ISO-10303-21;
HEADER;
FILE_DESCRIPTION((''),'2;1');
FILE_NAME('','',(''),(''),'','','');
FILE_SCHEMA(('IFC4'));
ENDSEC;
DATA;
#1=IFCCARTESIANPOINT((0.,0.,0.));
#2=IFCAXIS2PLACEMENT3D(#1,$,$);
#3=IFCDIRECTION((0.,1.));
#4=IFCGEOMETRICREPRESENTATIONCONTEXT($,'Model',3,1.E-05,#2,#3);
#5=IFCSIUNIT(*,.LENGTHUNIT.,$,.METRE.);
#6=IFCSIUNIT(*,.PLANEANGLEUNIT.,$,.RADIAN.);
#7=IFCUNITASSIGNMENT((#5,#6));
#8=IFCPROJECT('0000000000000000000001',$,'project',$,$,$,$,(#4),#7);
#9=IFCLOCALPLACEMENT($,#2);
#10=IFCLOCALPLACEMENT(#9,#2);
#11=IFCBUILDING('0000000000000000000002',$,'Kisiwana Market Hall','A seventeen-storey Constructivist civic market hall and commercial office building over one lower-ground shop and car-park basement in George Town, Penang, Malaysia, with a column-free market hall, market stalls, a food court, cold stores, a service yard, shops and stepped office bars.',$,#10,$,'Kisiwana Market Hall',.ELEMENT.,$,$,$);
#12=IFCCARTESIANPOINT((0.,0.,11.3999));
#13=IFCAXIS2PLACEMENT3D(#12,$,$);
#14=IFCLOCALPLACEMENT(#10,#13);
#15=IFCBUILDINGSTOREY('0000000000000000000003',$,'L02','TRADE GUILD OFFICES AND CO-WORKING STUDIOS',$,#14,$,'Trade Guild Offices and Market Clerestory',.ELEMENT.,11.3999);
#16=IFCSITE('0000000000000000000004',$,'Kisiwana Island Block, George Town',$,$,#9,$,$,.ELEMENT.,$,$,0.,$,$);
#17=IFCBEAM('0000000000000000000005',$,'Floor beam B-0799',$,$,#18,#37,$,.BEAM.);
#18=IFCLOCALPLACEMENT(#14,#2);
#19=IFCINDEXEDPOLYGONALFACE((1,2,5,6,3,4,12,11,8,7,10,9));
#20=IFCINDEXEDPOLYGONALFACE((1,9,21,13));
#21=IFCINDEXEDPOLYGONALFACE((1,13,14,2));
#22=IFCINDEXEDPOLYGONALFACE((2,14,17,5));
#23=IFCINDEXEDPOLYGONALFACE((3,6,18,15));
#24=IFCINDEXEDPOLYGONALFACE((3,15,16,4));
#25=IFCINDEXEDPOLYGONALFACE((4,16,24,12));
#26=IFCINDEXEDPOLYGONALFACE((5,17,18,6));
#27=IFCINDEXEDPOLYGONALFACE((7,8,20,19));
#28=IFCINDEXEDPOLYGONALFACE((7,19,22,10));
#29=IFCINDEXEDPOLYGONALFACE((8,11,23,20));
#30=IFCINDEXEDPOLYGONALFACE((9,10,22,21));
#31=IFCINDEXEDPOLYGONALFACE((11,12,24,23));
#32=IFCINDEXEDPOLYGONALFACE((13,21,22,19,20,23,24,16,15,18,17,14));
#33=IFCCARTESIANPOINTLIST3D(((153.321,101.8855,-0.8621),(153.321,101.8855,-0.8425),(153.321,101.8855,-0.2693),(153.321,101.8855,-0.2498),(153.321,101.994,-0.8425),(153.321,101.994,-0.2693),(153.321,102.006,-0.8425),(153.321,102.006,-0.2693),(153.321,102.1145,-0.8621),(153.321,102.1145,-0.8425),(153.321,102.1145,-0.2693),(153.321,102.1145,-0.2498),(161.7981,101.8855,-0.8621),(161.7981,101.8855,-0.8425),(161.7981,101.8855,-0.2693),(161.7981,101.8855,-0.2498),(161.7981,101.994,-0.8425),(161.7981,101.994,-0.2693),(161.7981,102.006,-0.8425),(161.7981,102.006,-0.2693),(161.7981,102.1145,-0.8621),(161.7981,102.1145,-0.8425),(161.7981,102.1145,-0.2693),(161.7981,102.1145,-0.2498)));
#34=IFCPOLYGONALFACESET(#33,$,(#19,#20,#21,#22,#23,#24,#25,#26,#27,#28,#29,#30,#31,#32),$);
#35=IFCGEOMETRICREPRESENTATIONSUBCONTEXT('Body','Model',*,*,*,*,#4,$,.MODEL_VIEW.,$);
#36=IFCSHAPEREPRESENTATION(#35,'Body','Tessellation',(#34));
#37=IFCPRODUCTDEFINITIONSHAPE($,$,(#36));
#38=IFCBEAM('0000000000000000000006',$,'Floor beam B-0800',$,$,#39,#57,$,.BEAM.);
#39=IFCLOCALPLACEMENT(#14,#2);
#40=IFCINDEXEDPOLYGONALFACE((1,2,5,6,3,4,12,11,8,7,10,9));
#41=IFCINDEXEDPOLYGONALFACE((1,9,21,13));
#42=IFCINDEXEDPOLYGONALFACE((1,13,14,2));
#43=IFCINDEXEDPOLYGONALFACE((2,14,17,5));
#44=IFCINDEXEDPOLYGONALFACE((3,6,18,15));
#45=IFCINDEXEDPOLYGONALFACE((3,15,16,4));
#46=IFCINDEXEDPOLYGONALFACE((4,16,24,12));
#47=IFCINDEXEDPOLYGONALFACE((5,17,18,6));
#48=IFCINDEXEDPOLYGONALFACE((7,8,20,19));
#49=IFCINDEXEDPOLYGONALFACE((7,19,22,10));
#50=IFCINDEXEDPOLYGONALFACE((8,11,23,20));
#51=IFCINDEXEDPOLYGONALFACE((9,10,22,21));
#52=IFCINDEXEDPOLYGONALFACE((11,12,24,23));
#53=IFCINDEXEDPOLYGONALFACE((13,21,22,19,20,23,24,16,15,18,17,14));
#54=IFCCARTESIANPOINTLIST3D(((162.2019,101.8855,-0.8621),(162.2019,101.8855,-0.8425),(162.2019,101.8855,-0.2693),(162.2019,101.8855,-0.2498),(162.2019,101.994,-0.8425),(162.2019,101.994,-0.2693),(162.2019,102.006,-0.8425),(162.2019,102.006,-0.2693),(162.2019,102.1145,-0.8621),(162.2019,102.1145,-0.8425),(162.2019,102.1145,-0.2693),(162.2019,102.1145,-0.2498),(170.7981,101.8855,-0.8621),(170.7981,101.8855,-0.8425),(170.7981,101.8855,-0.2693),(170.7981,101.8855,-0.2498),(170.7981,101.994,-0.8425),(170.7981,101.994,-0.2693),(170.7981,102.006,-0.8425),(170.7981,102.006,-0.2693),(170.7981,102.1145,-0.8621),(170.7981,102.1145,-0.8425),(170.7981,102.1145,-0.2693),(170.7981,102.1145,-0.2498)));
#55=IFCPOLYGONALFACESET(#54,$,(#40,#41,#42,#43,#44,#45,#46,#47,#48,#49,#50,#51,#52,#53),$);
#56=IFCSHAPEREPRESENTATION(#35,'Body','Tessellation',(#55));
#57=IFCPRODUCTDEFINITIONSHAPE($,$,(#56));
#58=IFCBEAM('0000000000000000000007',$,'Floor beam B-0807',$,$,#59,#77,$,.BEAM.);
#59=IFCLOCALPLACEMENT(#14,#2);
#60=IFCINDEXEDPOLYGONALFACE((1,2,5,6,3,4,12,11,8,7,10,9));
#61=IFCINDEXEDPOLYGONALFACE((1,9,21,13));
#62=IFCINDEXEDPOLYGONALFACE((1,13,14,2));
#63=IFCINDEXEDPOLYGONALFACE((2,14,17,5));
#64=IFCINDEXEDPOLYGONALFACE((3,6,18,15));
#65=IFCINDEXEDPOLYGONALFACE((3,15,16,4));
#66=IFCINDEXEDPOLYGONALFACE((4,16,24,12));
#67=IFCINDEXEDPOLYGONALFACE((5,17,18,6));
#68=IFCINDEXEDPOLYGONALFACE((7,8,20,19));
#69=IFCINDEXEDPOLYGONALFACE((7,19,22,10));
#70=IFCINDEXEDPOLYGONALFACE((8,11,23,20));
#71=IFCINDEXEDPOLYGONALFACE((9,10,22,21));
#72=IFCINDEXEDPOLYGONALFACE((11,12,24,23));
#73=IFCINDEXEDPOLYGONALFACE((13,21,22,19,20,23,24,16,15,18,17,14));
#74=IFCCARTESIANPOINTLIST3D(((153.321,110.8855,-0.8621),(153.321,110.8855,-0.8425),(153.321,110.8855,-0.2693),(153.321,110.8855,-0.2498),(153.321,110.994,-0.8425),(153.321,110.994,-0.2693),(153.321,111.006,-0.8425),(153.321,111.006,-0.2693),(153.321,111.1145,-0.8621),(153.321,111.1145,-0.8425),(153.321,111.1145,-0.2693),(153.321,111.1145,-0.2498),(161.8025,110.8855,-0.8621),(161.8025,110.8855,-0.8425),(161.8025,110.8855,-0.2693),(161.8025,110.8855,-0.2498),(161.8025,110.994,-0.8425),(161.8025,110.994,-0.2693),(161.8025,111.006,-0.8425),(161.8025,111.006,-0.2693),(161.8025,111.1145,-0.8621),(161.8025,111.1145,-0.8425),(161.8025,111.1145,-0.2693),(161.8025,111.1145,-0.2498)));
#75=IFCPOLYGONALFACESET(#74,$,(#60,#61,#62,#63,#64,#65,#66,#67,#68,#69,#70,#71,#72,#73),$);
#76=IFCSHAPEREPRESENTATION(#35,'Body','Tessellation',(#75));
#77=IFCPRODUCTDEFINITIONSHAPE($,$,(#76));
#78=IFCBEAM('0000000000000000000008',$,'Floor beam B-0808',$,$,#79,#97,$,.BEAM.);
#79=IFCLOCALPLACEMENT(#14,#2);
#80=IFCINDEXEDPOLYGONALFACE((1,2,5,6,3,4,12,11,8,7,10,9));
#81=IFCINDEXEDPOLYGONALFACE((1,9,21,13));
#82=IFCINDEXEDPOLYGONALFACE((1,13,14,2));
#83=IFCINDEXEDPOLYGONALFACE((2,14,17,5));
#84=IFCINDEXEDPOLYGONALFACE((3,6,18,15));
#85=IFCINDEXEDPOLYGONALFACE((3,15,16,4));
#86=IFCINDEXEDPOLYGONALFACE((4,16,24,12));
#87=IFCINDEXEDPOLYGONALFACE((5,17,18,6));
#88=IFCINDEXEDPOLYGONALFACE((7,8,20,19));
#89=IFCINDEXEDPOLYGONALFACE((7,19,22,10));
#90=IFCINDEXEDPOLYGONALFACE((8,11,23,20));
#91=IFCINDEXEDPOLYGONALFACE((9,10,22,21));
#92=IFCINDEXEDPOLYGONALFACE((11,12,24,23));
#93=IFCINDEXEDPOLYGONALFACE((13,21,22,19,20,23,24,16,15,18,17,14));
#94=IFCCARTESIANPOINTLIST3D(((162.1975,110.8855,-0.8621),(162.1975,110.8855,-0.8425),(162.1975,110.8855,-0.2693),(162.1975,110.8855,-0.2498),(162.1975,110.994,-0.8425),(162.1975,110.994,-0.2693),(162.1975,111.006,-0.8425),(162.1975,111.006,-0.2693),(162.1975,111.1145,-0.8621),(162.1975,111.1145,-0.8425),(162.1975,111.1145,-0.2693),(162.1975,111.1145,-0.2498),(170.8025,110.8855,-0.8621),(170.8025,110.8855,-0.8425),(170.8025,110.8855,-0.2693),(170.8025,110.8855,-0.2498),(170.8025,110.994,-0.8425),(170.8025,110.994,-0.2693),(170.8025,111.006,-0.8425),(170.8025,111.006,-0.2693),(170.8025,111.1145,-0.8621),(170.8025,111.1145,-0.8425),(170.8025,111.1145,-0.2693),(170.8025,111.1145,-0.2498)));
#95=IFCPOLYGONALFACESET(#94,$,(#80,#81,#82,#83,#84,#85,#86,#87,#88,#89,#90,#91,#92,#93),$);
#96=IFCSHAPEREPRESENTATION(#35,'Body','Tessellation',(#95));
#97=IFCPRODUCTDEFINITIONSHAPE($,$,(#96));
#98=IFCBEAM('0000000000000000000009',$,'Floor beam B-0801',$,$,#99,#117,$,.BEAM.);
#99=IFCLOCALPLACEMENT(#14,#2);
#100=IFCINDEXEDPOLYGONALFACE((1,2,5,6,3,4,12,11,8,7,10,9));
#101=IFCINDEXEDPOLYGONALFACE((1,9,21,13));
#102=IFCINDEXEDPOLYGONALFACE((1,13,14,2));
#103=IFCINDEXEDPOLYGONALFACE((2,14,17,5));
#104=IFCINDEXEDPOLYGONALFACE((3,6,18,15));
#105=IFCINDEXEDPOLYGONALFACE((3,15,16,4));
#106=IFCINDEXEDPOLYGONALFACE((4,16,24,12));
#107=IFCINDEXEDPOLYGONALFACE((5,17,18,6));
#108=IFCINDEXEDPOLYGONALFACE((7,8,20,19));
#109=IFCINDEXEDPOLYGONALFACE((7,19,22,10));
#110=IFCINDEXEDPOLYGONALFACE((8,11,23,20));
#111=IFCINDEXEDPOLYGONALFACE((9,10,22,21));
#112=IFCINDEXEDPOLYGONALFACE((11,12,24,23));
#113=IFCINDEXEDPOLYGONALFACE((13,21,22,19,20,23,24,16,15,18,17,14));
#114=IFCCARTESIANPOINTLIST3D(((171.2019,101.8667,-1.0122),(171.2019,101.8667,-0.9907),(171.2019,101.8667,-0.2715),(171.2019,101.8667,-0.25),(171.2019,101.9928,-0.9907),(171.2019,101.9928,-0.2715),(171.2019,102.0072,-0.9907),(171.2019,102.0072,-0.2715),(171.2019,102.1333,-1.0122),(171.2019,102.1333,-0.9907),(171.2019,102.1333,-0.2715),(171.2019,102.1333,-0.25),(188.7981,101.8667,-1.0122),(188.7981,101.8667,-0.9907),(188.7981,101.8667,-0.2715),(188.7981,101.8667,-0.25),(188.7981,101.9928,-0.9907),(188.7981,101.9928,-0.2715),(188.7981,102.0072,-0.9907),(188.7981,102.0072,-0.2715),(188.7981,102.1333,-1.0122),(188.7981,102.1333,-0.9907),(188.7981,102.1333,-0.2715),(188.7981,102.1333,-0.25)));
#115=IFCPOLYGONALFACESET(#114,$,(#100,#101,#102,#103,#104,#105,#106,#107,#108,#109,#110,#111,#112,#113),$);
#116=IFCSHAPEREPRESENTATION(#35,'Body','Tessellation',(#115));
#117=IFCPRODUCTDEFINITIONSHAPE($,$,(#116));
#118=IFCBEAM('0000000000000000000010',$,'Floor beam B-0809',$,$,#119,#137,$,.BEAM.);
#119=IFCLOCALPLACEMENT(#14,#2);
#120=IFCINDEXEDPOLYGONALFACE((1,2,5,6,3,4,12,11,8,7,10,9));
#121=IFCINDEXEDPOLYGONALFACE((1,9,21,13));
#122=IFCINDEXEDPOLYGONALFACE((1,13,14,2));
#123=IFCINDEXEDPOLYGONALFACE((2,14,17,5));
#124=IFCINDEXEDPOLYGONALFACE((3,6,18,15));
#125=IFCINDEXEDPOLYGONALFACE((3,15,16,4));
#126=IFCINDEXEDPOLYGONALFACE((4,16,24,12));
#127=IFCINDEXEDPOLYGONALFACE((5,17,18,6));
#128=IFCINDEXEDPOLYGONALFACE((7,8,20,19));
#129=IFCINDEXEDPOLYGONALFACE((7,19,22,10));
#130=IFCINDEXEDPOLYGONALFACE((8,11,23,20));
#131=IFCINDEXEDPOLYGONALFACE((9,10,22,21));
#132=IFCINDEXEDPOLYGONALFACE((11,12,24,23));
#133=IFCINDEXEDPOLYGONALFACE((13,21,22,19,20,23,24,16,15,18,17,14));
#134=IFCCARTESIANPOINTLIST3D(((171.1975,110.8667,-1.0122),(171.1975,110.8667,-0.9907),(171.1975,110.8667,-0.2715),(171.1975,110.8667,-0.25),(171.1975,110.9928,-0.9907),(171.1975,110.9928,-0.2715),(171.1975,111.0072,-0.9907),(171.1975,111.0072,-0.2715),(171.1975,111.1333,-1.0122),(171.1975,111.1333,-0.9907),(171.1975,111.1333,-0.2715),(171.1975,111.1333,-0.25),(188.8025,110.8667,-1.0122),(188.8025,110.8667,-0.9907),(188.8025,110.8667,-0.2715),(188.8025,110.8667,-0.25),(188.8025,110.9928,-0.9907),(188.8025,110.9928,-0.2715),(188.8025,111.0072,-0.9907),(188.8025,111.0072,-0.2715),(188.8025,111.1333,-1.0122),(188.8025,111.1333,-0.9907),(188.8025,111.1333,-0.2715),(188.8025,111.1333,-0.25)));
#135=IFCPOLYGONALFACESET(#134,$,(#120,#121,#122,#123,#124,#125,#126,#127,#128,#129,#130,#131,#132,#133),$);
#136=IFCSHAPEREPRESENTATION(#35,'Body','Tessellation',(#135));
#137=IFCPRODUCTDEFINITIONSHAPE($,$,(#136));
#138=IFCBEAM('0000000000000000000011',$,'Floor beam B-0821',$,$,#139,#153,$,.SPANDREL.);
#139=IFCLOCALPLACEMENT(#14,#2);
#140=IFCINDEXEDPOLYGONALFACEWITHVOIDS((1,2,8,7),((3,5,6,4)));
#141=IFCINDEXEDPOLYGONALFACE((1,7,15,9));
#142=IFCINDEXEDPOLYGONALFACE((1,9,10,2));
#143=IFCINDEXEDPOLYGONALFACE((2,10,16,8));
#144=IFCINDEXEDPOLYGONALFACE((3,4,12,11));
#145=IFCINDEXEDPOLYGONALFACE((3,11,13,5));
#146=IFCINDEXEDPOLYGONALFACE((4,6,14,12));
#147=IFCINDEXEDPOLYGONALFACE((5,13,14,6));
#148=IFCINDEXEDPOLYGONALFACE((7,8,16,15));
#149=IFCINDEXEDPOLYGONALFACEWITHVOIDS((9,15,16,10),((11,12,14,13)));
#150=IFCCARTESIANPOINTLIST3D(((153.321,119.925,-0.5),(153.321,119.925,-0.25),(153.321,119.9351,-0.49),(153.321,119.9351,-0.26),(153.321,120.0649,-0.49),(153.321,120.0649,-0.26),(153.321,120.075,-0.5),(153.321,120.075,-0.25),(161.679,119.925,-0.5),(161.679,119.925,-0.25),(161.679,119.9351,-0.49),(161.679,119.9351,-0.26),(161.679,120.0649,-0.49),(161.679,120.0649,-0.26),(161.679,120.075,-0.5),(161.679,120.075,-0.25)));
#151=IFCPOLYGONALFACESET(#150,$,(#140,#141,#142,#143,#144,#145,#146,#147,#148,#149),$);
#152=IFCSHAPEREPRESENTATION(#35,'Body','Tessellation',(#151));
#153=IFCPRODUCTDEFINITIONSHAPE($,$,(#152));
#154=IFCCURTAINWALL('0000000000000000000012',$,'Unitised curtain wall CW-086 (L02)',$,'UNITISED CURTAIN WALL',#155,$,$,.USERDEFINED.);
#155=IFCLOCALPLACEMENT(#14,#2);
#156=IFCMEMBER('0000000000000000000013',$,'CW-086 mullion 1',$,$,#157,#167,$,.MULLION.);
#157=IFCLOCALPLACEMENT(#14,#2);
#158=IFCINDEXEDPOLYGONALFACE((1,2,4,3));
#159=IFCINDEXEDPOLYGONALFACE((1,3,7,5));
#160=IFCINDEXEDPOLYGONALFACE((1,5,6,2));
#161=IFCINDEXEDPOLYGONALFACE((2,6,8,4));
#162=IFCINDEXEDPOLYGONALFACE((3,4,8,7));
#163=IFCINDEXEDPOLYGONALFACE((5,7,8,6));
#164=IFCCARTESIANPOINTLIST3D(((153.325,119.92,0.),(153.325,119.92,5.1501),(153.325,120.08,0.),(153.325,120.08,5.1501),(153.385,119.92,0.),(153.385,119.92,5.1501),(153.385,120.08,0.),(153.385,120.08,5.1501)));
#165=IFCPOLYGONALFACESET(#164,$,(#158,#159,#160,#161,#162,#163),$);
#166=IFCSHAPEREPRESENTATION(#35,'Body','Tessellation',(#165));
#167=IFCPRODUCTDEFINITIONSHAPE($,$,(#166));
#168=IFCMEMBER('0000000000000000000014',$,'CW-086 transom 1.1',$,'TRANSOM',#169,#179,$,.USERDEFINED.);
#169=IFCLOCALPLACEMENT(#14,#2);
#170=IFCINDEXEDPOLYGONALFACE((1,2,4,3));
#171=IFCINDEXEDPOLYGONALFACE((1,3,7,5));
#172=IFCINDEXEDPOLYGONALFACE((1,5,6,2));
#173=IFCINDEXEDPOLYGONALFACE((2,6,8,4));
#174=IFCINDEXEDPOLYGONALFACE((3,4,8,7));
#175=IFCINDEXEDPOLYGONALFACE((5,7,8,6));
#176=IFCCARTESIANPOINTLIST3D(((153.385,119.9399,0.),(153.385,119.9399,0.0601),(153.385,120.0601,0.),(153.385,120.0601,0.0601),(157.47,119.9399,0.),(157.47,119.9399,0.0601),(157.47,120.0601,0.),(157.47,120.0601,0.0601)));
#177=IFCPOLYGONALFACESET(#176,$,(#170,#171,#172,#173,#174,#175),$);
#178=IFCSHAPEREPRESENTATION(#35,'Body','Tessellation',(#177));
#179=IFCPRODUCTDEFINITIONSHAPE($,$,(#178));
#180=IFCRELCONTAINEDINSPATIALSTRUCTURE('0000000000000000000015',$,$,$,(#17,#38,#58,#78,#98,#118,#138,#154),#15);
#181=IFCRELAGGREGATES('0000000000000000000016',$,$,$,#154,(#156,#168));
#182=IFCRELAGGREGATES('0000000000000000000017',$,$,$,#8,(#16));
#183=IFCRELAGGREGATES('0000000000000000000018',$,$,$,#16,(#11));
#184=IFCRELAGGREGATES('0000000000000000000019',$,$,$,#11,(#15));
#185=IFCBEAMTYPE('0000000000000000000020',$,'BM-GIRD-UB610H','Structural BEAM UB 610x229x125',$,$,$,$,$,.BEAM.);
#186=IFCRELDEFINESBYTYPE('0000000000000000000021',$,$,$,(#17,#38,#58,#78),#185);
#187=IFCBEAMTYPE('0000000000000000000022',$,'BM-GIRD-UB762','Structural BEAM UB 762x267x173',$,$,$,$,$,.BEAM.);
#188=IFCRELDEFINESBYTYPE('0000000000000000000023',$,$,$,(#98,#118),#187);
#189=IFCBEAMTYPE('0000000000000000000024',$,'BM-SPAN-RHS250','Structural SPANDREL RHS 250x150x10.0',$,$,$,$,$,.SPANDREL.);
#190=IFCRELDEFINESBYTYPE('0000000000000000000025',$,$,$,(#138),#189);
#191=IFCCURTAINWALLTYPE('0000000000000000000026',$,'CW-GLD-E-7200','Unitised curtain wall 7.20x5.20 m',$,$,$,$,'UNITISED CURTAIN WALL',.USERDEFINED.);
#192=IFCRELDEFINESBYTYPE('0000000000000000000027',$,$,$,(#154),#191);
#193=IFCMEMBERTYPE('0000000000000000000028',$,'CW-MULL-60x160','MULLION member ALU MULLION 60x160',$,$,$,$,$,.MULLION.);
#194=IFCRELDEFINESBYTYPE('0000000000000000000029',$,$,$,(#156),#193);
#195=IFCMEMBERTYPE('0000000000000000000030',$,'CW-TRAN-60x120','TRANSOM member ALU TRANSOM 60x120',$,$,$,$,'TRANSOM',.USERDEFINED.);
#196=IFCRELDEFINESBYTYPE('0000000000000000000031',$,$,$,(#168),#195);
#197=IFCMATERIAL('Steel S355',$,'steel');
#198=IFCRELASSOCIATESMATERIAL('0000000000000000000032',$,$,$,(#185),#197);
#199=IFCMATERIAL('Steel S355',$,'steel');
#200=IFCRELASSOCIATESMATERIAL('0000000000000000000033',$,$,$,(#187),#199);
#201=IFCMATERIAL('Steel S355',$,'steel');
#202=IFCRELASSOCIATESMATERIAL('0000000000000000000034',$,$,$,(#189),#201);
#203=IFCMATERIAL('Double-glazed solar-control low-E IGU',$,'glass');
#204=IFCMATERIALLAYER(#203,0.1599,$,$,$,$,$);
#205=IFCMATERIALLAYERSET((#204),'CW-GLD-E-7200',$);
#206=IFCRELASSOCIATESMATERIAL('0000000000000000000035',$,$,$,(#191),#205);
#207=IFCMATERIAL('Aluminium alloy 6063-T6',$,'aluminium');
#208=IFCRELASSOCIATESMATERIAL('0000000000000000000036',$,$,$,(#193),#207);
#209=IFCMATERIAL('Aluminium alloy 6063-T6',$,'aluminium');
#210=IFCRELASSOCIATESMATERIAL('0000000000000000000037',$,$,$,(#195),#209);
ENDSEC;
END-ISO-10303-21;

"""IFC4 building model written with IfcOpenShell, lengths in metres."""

from ifc_helpers import new_model, si_unit, direction, frame, origin, origin_2d, place, context, subcontext, project, spatial, rectangle, hollow_rectangle, i_section, extrude, material, layer, layer_set, material_profile, profile_set, type_object, element, aggregate, save


model = new_model("IFC4")

# Units and contexts
model_context = context("Model", 3, precision=1e-05, world=origin(), true_north=direction((0.0, 1.0)))
body_context = subcontext(model_context, "Body", "Model", "MODEL_VIEW")
ifc_project = project(units=[si_unit("LENGTHUNIT", "METRE"), si_unit("PLANEANGLEUNIT", "RADIAN")], contexts=[model_context])

# Site, building, storey
site_placement = place(None, origin())
site = spatial("IfcSite", under=ifc_project, at=site_placement, Name="Kisiwana Island Block, George Town", CompositionType="ELEMENT", RefElevation=0.0)
building_placement = place(site_placement, origin())
building = spatial("IfcBuilding", under=site, at=building_placement, Name="Kisiwana Market Hall", Description="A seventeen-storey Constructivist civic market hall and commercial office building over one lower-ground shop and car-park basement in George Town, Penang, Malaysia, with a column-free market hall, market stalls, a food court, cold stores, a service yard, shops and stepped office bars.", LongName="Kisiwana Market Hall", CompositionType="ELEMENT")
storey_placement = place(building_placement, frame((0.0, 0.0, 11.3999)))
storey = spatial("IfcBuildingStorey", under=building, at=storey_placement, Name="L02", Description="TRADE GUILD OFFICES AND CO-WORKING STUDIOS", LongName="Trade Guild Offices and Market Clerestory", CompositionType="ELEMENT", Elevation=11.3999)

# Beams
ifc_material_1 = material(Name="Steel S355", Category="steel")
ifc_material_profile_1 = material_profile(ifc_material_1, i_section(OverallWidth=0.229, OverallDepth=0.6123, WebThickness=0.012, FlangeThickness=0.0195, at=origin_2d()), Name="UB 610x229x125")
ifc_profile_set_1 = profile_set([ifc_material_profile_1], Name="Steel S355")
beam_type_1 = type_object("IfcBeamType", Name="BM-GIRD-UB610H", Description="Structural BEAM UB 610x229x125", PredefinedType="BEAM", material=ifc_profile_set_1)
beam_1_placement = place(storey_placement, frame((153.321, 102.0, -0.5559), z_axis=(1.0, 0.0, 0.0), x_axis=(0.0, 1.0, 0.0)))
element("IfcBeam", 1, at=beam_1_placement, inside=storey, type_object=beam_type_1, Name="Floor beam B-0799", PredefinedType="BEAM", context=body_context, shape_type="SweptSolid", body=[
    extrude(i_section(OverallWidth=0.229, OverallDepth=0.6123, WebThickness=0.012, FlangeThickness=0.0195, at=origin_2d()), origin(), (0.0, 0.0, 1.0), 8.4771),
])
beam_2_placement = place(storey_placement, frame((162.2019, 102.0, -0.5559), z_axis=(1.0, 0.0, 0.0), x_axis=(0.0, 1.0, 0.0)))
element("IfcBeam", 2, at=beam_2_placement, inside=storey, type_object=beam_type_1, Name="Floor beam B-0800", PredefinedType="BEAM", context=body_context, shape_type="SweptSolid", body=[
    extrude(i_section(OverallWidth=0.229, OverallDepth=0.6123, WebThickness=0.012, FlangeThickness=0.0195, at=origin_2d()), origin(), (0.0, 0.0, 1.0), 8.5962),
])
beam_3_placement = place(storey_placement, frame((153.321, 111.0, -0.5559), z_axis=(1.0, 0.0, 0.0), x_axis=(0.0, 1.0, 0.0)))
element("IfcBeam", 3, at=beam_3_placement, inside=storey, type_object=beam_type_1, Name="Floor beam B-0807", PredefinedType="BEAM", context=body_context, shape_type="SweptSolid", body=[
    extrude(i_section(OverallWidth=0.229, OverallDepth=0.6123, WebThickness=0.012, FlangeThickness=0.0195, at=origin_2d()), origin(), (0.0, 0.0, 1.0), 8.4814),
])
beam_4_placement = place(storey_placement, frame((162.1975, 111.0, -0.5559), z_axis=(1.0, 0.0, 0.0), x_axis=(0.0, 1.0, 0.0)))
element("IfcBeam", 4, at=beam_4_placement, inside=storey, type_object=beam_type_1, Name="Floor beam B-0808", PredefinedType="BEAM", context=body_context, shape_type="SweptSolid", body=[
    extrude(i_section(OverallWidth=0.229, OverallDepth=0.6123, WebThickness=0.012, FlangeThickness=0.0195, at=origin_2d()), origin(), (0.0, 0.0, 1.0), 8.605),
])
ifc_material_2 = material(Name="Steel S355", Category="steel")
ifc_material_profile_2 = material_profile(ifc_material_2, i_section(OverallWidth=0.2666, OverallDepth=0.7622, WebThickness=0.0144, FlangeThickness=0.0215, at=origin_2d()), Name="UB 762x267x173")
ifc_profile_set_2 = profile_set([ifc_material_profile_2], Name="Steel S355")
beam_type_2 = type_object("IfcBeamType", Name="BM-GIRD-UB762", Description="Structural BEAM UB 762x267x173", PredefinedType="BEAM", material=ifc_profile_set_2)
beam_5_placement = place(storey_placement, frame((171.2019, 102.0, -0.6311), z_axis=(1.0, 0.0, 0.0), x_axis=(0.0, 1.0, 0.0)))
element("IfcBeam", 5, at=beam_5_placement, inside=storey, type_object=beam_type_2, Name="Floor beam B-0801", PredefinedType="BEAM", context=body_context, shape_type="SweptSolid", body=[
    extrude(i_section(OverallWidth=0.2666, OverallDepth=0.7622, WebThickness=0.0144, FlangeThickness=0.0215, at=origin_2d()), origin(), (0.0, 0.0, 1.0), 17.5962),
])
beam_6_placement = place(storey_placement, frame((171.1975, 111.0, -0.6311), z_axis=(1.0, 0.0, 0.0), x_axis=(0.0, 1.0, 0.0)))
element("IfcBeam", 6, at=beam_6_placement, inside=storey, type_object=beam_type_2, Name="Floor beam B-0809", PredefinedType="BEAM", context=body_context, shape_type="SweptSolid", body=[
    extrude(i_section(OverallWidth=0.2666, OverallDepth=0.7622, WebThickness=0.0144, FlangeThickness=0.0215, at=origin_2d()), origin(), (0.0, 0.0, 1.0), 17.605),
])
ifc_material_3 = material(Name="Steel S355", Category="steel")
ifc_material_profile_3 = material_profile(ifc_material_3, hollow_rectangle(XDim=0.1499, YDim=0.25, WallThickness=0.01, at=origin_2d()), Name="RHS 250x150x10.0")
ifc_profile_set_3 = profile_set([ifc_material_profile_3], Name="Steel S355")
beam_type_3 = type_object("IfcBeamType", Name="BM-SPAN-RHS250", Description="Structural SPANDREL RHS 250x150x10.0", PredefinedType="SPANDREL", material=ifc_profile_set_3)
beam_7_placement = place(storey_placement, frame((153.321, 120.0, -0.375), z_axis=(1.0, 0.0, 0.0), x_axis=(0.0, 1.0, 0.0)))
element("IfcBeam", 7, at=beam_7_placement, inside=storey, type_object=beam_type_3, Name="Floor beam B-0821", PredefinedType="SPANDREL", context=body_context, shape_type="SweptSolid", body=[
    extrude(hollow_rectangle(XDim=0.1499, YDim=0.25, WallThickness=0.01, at=origin_2d()), origin(), (0.0, 0.0, 1.0), 8.3579),
])

# Curtain wall, members
ifc_material_4 = material(Name="Double-glazed solar-control low-E IGU", Category="glass")
ifc_layer_1 = layer(ifc_material_4, 0.1599)
ifc_layer_set_1 = layer_set([ifc_layer_1], Name="CW-GLD-E-7200")
curtain_wall_type = type_object("IfcCurtainWallType", Name="CW-GLD-E-7200", Description="Unitised curtain wall 7.20x5.20 m", ElementType="UNITISED CURTAIN WALL", PredefinedType="USERDEFINED", material=ifc_layer_set_1)
curtain_wall_placement = place(storey_placement, origin())
curtain_wall = element("IfcCurtainWall", 8, at=curtain_wall_placement, inside=storey, type_object=curtain_wall_type, Name="Unitised curtain wall CW-086 (L02)", ObjectType="UNITISED CURTAIN WALL", PredefinedType="USERDEFINED")
ifc_material_5 = material(Name="Aluminium alloy 6063-T6", Category="aluminium")
ifc_material_profile_4 = material_profile(ifc_material_5, rectangle(XDim=0.0601, YDim=0.1599, at=origin_2d()), Name="ALU MULLION 60x160")
ifc_profile_set_4 = profile_set([ifc_material_profile_4], Name="Aluminium alloy 6063-T6")
member_type_1 = type_object("IfcMemberType", Name="CW-MULL-60x160", Description="MULLION member ALU MULLION 60x160", PredefinedType="MULLION", material=ifc_profile_set_4)
member_1_placement = place(storey_placement, frame((153.355, 120.0, 0.0), z_axis=(0.0, 0.0, 1.0), x_axis=(1.0, 0.0, 0.0)))
member_1 = element("IfcMember", 9, at=member_1_placement, type_object=member_type_1, Name="CW-086 mullion 1", PredefinedType="MULLION", context=body_context, shape_type="SweptSolid", body=[
    extrude(rectangle(XDim=0.0601, YDim=0.1599, at=origin_2d()), origin(), (0.0, 0.0, 1.0), 5.1501),
])
ifc_material_6 = material(Name="Aluminium alloy 6063-T6", Category="aluminium")
ifc_material_profile_5 = material_profile(ifc_material_6, rectangle(XDim=0.1201, YDim=0.0601, at=origin_2d()), Name="ALU TRANSOM 60x120")
ifc_profile_set_5 = profile_set([ifc_material_profile_5], Name="Aluminium alloy 6063-T6")
member_type_2 = type_object("IfcMemberType", Name="CW-TRAN-60x120", Description="TRANSOM member ALU TRANSOM 60x120", ElementType="TRANSOM", PredefinedType="USERDEFINED", material=ifc_profile_set_5)
member_2_placement = place(storey_placement, frame((153.385, 120.0, 0.03), z_axis=(1.0, 0.0, 0.0), x_axis=(0.0, 1.0, 0.0)))
member_2 = element("IfcMember", 10, at=member_2_placement, type_object=member_type_2, Name="CW-086 transom 1.1", ObjectType="TRANSOM", PredefinedType="USERDEFINED", context=body_context, shape_type="SweptSolid", body=[
    extrude(rectangle(XDim=0.1201, YDim=0.0601, at=origin_2d()), origin(), (0.0, 0.0, 1.0), 4.085),
])
aggregate(curtain_wall, [member_1, member_2])

save(model, "model.ifc")
